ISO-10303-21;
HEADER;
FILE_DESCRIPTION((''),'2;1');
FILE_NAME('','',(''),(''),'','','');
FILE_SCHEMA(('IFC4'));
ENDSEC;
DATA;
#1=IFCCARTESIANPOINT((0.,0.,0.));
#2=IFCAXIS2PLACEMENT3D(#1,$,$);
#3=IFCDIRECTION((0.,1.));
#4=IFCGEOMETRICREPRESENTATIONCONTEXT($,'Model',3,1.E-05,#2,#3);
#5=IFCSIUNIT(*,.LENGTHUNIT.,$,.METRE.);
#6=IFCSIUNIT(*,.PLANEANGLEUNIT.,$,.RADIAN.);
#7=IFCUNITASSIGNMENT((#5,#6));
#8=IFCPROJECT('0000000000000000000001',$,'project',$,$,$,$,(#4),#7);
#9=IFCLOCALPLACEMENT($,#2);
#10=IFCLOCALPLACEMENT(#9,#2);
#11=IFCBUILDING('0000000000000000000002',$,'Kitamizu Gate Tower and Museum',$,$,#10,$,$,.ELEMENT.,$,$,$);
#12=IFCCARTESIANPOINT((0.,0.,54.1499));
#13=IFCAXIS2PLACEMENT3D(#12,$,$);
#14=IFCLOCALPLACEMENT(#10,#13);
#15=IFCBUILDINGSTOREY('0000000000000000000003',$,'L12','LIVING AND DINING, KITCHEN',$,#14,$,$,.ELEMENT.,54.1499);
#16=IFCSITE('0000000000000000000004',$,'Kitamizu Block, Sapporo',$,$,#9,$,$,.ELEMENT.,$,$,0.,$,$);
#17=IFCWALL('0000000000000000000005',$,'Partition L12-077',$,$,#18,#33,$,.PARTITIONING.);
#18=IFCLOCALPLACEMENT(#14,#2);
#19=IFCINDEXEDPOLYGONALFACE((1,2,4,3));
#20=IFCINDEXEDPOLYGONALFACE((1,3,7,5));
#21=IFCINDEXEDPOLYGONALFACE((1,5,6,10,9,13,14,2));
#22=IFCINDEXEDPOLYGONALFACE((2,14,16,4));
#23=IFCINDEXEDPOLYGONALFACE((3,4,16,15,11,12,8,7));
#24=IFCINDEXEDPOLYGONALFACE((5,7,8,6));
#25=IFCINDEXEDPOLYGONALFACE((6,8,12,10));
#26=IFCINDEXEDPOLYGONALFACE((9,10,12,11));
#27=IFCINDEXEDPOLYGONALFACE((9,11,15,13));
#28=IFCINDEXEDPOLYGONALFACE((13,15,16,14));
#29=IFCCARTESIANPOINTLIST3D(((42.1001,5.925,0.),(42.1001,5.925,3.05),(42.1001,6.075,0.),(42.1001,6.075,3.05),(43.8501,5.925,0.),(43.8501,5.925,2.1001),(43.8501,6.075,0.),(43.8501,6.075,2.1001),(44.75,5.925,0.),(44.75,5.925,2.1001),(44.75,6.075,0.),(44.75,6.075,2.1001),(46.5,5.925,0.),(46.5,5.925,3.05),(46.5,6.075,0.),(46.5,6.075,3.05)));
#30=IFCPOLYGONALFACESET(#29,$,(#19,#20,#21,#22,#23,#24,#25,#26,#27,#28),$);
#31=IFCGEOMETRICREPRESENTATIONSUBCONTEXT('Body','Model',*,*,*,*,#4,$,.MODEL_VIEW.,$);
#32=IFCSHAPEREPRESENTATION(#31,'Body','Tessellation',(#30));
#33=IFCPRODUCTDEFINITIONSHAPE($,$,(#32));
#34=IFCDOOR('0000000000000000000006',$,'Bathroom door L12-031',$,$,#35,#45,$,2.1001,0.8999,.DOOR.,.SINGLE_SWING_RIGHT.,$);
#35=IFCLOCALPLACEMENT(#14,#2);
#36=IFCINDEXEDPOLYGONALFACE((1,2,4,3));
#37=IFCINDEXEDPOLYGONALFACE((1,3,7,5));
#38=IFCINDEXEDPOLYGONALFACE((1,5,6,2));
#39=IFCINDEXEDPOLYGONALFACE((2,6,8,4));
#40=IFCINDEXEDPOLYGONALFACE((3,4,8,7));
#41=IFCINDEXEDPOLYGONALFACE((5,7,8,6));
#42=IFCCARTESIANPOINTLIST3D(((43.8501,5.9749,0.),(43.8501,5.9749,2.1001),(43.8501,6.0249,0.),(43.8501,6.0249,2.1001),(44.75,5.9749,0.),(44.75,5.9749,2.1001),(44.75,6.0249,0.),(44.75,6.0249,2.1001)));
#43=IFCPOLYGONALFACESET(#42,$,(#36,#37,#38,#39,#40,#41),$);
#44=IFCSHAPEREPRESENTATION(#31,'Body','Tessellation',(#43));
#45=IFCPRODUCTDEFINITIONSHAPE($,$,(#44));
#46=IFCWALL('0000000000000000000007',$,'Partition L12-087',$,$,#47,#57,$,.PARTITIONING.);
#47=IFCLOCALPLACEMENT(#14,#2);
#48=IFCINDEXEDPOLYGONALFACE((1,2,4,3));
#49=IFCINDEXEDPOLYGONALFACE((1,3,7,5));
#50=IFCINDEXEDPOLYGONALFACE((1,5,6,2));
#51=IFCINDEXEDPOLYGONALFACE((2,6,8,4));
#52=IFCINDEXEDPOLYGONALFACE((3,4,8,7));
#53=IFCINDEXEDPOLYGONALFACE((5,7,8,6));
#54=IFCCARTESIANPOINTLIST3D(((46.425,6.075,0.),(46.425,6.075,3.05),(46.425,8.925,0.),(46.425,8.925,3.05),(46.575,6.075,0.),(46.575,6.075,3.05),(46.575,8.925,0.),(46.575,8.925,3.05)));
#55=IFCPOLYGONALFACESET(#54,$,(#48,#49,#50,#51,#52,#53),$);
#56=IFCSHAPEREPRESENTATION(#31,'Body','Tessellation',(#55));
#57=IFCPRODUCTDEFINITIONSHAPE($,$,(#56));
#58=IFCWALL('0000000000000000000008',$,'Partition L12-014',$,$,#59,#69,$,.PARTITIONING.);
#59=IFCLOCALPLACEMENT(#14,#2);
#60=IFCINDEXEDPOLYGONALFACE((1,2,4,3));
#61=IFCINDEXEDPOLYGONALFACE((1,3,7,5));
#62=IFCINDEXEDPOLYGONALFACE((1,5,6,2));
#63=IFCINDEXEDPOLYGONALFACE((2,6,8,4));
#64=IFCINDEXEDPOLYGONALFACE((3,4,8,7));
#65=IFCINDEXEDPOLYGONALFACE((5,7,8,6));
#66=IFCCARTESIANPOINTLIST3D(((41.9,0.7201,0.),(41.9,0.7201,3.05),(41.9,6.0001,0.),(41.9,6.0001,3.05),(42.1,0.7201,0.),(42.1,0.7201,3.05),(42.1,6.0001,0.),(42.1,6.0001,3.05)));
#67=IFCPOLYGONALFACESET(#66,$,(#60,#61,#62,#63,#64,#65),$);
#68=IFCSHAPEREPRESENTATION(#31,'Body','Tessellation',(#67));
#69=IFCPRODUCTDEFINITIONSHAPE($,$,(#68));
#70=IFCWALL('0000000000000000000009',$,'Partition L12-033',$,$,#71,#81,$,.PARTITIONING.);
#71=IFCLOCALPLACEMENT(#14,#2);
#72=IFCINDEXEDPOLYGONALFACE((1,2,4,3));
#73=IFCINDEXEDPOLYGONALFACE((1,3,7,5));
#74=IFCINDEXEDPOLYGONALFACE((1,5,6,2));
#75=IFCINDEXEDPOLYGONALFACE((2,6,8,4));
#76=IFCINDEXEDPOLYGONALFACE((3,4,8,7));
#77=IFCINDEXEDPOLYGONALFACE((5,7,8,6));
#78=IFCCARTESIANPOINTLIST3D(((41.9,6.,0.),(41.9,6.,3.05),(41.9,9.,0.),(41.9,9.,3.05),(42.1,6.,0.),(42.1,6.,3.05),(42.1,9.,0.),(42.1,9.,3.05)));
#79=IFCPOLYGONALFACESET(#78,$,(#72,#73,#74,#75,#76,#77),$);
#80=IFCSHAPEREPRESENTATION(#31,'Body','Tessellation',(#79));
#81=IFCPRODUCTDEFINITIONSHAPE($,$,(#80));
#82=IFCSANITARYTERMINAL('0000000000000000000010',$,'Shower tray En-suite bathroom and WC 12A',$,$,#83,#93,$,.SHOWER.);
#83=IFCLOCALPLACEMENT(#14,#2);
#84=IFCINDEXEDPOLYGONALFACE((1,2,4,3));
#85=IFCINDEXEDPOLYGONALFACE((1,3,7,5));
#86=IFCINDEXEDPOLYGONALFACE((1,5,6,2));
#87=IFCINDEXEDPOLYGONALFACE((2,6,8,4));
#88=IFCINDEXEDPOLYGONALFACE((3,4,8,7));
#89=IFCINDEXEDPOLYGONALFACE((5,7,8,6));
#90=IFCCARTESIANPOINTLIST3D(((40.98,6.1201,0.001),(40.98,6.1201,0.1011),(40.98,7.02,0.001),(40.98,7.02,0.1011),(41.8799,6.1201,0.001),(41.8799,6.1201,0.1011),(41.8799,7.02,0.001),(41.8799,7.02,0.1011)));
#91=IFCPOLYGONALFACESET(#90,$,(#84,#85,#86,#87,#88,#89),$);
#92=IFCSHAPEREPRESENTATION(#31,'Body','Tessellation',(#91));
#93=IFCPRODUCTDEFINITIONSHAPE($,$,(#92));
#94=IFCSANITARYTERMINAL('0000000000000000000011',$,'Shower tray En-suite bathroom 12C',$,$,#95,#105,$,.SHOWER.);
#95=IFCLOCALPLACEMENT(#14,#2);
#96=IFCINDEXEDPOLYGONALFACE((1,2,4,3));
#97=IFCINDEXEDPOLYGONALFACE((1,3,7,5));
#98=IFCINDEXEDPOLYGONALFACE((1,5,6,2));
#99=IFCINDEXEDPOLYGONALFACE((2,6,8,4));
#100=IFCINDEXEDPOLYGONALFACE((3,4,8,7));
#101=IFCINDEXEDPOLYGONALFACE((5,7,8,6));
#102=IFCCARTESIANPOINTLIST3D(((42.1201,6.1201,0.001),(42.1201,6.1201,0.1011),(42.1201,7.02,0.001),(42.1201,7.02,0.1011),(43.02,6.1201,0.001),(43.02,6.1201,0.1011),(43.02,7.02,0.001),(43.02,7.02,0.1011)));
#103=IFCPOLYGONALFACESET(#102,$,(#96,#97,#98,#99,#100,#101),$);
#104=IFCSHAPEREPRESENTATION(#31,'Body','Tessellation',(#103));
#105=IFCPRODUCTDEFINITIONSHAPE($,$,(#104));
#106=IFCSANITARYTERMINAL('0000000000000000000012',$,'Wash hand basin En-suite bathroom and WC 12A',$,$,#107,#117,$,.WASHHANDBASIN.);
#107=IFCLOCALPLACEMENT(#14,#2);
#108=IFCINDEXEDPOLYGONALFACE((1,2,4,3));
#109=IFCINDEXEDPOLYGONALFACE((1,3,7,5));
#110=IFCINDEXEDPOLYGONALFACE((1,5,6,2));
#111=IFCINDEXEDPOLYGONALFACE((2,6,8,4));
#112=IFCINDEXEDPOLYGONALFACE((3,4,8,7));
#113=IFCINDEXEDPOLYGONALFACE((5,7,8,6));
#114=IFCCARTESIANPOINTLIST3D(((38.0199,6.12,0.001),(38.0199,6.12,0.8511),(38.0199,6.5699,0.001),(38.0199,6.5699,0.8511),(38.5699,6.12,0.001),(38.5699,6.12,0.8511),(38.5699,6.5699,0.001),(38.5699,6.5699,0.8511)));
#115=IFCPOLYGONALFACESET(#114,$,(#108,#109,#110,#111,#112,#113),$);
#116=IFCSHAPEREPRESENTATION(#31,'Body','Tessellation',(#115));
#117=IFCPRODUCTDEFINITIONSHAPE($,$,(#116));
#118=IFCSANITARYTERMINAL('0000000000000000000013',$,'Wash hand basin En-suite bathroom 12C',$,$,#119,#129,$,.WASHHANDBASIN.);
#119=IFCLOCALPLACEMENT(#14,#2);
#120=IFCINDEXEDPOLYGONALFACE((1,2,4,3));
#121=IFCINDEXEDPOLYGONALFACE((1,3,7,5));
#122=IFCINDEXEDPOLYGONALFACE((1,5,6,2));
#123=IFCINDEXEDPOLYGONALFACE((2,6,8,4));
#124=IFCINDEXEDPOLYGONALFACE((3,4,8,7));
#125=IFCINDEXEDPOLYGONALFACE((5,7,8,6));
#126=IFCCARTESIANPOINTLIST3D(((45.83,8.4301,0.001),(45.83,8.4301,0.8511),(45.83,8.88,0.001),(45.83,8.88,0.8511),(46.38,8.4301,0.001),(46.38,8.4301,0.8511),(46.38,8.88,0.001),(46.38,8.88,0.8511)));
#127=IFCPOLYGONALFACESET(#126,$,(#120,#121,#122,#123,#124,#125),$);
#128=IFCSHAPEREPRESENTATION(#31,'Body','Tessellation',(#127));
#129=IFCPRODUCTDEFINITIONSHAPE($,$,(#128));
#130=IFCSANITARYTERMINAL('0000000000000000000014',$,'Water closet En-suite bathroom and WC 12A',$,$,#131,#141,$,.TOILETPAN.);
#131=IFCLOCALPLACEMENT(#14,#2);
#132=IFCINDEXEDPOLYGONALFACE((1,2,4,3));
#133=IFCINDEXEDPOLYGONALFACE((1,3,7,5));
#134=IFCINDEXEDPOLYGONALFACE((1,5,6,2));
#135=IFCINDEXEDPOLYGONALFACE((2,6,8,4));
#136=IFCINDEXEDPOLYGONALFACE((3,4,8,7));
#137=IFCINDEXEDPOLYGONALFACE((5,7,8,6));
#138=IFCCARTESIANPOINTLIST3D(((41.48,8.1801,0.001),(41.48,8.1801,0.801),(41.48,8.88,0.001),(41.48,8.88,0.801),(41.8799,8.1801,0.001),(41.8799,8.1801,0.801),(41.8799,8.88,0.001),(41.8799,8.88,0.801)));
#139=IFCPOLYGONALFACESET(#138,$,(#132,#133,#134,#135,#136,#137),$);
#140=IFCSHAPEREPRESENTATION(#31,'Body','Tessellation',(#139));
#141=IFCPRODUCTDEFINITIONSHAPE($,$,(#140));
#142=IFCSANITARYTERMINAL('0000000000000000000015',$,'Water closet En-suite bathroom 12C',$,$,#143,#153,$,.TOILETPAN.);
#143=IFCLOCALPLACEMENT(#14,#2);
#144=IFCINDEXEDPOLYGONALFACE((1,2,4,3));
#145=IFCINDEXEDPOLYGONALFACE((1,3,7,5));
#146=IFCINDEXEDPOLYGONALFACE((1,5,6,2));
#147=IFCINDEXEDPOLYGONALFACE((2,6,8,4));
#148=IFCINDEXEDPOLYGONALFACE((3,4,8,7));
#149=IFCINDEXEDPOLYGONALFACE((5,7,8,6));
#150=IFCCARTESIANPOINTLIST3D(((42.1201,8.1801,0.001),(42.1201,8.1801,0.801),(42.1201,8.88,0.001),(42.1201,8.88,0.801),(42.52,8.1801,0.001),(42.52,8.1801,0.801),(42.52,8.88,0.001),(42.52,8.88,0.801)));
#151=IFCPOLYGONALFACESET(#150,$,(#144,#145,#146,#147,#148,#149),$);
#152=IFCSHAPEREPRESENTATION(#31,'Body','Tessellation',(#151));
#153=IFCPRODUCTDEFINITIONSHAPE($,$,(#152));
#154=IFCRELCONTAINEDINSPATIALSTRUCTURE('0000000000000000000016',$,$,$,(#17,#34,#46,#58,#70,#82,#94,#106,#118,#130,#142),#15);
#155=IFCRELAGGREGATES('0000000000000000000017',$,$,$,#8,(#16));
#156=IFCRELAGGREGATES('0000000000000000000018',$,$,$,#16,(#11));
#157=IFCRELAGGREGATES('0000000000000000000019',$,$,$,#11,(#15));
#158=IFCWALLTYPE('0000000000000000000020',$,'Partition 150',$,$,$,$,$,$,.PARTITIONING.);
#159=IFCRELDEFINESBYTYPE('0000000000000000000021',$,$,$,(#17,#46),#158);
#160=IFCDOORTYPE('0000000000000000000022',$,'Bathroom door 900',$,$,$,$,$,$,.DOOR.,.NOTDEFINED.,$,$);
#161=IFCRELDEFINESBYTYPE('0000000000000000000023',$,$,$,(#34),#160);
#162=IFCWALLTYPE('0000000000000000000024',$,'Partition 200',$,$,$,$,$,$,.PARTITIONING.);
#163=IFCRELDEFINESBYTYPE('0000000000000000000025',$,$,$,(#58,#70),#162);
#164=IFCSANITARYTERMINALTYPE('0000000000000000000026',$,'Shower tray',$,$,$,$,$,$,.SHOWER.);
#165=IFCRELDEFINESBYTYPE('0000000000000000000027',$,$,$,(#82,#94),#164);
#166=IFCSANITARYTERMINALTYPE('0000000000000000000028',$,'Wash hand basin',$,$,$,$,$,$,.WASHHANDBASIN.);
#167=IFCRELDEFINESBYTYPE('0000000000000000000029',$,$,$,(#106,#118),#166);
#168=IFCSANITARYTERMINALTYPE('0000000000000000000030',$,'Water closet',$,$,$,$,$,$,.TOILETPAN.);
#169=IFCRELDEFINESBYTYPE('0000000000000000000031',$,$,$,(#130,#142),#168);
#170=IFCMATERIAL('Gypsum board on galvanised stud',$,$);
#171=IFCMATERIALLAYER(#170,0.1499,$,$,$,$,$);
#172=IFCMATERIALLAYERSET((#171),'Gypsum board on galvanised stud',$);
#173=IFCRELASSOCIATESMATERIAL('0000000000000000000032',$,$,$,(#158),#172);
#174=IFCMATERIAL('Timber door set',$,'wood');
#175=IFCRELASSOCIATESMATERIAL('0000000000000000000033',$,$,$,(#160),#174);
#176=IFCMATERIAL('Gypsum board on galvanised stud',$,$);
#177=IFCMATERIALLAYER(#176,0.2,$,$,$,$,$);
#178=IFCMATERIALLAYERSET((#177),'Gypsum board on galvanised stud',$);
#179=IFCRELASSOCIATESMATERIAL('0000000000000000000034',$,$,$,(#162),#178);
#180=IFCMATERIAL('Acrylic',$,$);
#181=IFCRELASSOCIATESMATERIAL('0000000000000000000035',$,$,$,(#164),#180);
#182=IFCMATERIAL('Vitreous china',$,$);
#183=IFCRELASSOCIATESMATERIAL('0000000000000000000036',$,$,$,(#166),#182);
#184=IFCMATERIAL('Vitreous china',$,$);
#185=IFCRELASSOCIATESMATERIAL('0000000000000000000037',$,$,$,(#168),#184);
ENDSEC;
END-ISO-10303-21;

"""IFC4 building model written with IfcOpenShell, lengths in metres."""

from ifc_helpers import new_model, si_unit, direction, frame, frame_2d, origin, origin_2d, place, context, subcontext, project, spatial, rectangle, extrude, material, layer, layer_set, type_object, element, fill, save


model = new_model("IFC4")

# Units and contexts
model_context = context("Model", 3, precision=1e-05, world=origin(), true_north=direction((0.0, 1.0)))
body_context = subcontext(model_context, "Body", "Model", "MODEL_VIEW")
ifc_project = project(units=[si_unit("LENGTHUNIT", "METRE"), si_unit("PLANEANGLEUNIT", "RADIAN")], contexts=[model_context])

# Site, building, storey
site_placement = place(None, origin())
site = spatial("IfcSite", under=ifc_project, at=site_placement, Name="Kitamizu Block, Sapporo", CompositionType="ELEMENT", RefElevation=0.0)
building_placement = place(site_placement, origin())
building = spatial("IfcBuilding", under=site, at=building_placement, Name="Kitamizu Gate Tower and Museum", CompositionType="ELEMENT")
storey_placement = place(building_placement, frame((0.0, 0.0, 54.1499)))
storey = spatial("IfcBuildingStorey", under=building, at=storey_placement, Name="L12", Description="LIVING AND DINING, KITCHEN", CompositionType="ELEMENT", Elevation=54.1499)

# Shared definitions
ifc_material_1 = material(Name="Gypsum board on galvanised stud")
ifc_layer_1 = layer(ifc_material_1, 0.1499)
ifc_layer_set_1 = layer_set([ifc_layer_1], Name="Gypsum board on galvanised stud")
wall_type_1 = type_object("IfcWallType", Name="Partition 150", PredefinedType="PARTITIONING", material=ifc_layer_set_1)

# Shared definitions
ifc_material_2 = material(Name="Timber door set", Category="wood")
door_type_1 = type_object("IfcDoorType", Name="Bathroom door 900", OperationType="NOTDEFINED", PredefinedType="DOOR", material=ifc_material_2)

# Wall, opening, door
wall_1_placement = place(storey_placement, frame((46.5, 6.0, 0.0), z_axis=(0.0, 0.0, 1.0), x_axis=(-1.0, 0.0, 0.0)))
wall_1 = element("IfcWall", 1, at=wall_1_placement, inside=storey, type_object=wall_type_1, Name="Partition L12-077", PredefinedType="PARTITIONING", context=body_context, shape_type="SweptSolid", body=[
    extrude(rectangle(XDim=4.3999, YDim=0.1499, at=frame_2d((2.2, 0.0))), origin(), (0.0, 0.0, 1.0), 3.05),
])
opening_1_placement = place(wall_1_placement, frame((1.75, 0.0, 0.0)))
opening_1 = element("IfcOpeningElement", 2, at=opening_1_placement, cuts=wall_1, PredefinedType="OPENING", context=body_context, shape_type="SweptSolid", body=[
    extrude(rectangle(XDim=0.8999, YDim=2.1001, at=frame_2d((0.45, 1.05))), frame((0.0, 0.085, 0.0), z_axis=(0.0, -1.0, 0.0), x_axis=(1.0, 0.0, 0.0)), (0.0, 0.0, 1.0), 0.1699),
])
door_1_placement = place(opening_1_placement, frame((0.8999, 0.0, 0.0), x_axis=(-1.0, 0.0, 0.0)))
door_1 = element("IfcDoor", 3, at=door_1_placement, inside=storey, type_object=door_type_1, Name="Bathroom door L12-031", OperationType="SINGLE_SWING_RIGHT", OverallHeight=2.1001, OverallWidth=0.8999, PredefinedType="DOOR", context=body_context, shape_type="SweptSolid", body=[
    extrude(rectangle(XDim=0.8999, YDim=2.1001, at=frame_2d((0.45, 1.05))), frame((0.0, 0.0249, 0.0), z_axis=(0.0, -1.0, 0.0), x_axis=(1.0, 0.0, 0.0)), (0.0, 0.0, 1.0), 0.05),
])
fill(opening_1, door_1)

# Walls
wall_2_placement = place(storey_placement, frame((46.5, 6.075, 0.0), z_axis=(0.0, 0.0, 1.0), x_axis=(0.0, 1.0, 0.0)))
element("IfcWall", 4, at=wall_2_placement, inside=storey, type_object=wall_type_1, Name="Partition L12-087", PredefinedType="PARTITIONING", context=body_context, shape_type="SweptSolid", body=[
    extrude(rectangle(XDim=2.8501, YDim=0.1499, at=frame_2d((1.425, 0.0))), origin(), (0.0, 0.0, 1.0), 3.05),
])
ifc_material_3 = material(Name="Gypsum board on galvanised stud")
ifc_layer_2 = layer(ifc_material_3, 0.2)
ifc_layer_set_2 = layer_set([ifc_layer_2], Name="Gypsum board on galvanised stud")
wall_type_2 = type_object("IfcWallType", Name="Partition 200", PredefinedType="PARTITIONING", material=ifc_layer_set_2)
wall_3_placement = place(storey_placement, frame((42.0, 0.72, 0.0), z_axis=(0.0, 0.0, 1.0), x_axis=(0.0, 1.0, 0.0)))
element("IfcWall", 5, at=wall_3_placement, inside=storey, type_object=wall_type_2, Name="Partition L12-014", PredefinedType="PARTITIONING", context=body_context, shape_type="SweptSolid", body=[
    extrude(rectangle(XDim=5.28, YDim=0.2, at=frame_2d((2.6401, 0.0))), origin(), (0.0, 0.0, 1.0), 3.05),
])
wall_4_placement = place(storey_placement, frame((42.0, 6.0, 0.0), z_axis=(0.0, 0.0, 1.0), x_axis=(0.0, 1.0, 0.0)))
element("IfcWall", 6, at=wall_4_placement, inside=storey, type_object=wall_type_2, Name="Partition L12-033", PredefinedType="PARTITIONING", context=body_context, shape_type="SweptSolid", body=[
    extrude(rectangle(XDim=3.0, YDim=0.2, at=frame_2d((1.5, 0.0))), origin(), (0.0, 0.0, 1.0), 3.05),
])

# Sanitary terminals
ifc_material_4 = material(Name="Acrylic")
sanitary_terminal_type_1 = type_object("IfcSanitaryTerminalType", Name="Shower tray", PredefinedType="SHOWER", material=ifc_material_4)
for number, where, z_axis, x_axis, name in (
    (7, (41.4299, 6.5701, 0.001), (0.0, 0.0, 1.0), (1.0, 0.0, 0.0), "Shower tray En-suite bathroom and WC 12A"),
    (8, (42.5701, 6.5701, 0.001), (0.0, 0.0, 1.0), (1.0, 0.0, 0.0), "Shower tray En-suite bathroom 12C"),
):
    element("IfcSanitaryTerminal", number, at=place(storey_placement, frame(where, z_axis=z_axis, x_axis=x_axis)), inside=storey, type_object=sanitary_terminal_type_1, Name=name, PredefinedType="SHOWER", context=body_context, shape_type="SweptSolid", body=[
        extrude(rectangle(XDim=0.8999, YDim=0.8999, at=origin_2d()), origin(), (0.0, 0.0, 1.0), 0.1001),
    ])
ifc_material_5 = material(Name="Vitreous china")
sanitary_terminal_type_2 = type_object("IfcSanitaryTerminalType", Name="Wash hand basin", PredefinedType="WASHHANDBASIN", material=ifc_material_5)
for number, where, z_axis, x_axis, name in (
    (9, (38.2949, 6.345, 0.001), (0.0, 0.0, 1.0), (1.0, 0.0, 0.0), "Wash hand basin En-suite bathroom and WC 12A"),
    (10, (46.105, 8.655, 0.001), (0.0, 0.0, 1.0), (1.0, 0.0, 0.0), "Wash hand basin En-suite bathroom 12C"),
):
    element("IfcSanitaryTerminal", number, at=place(storey_placement, frame(where, z_axis=z_axis, x_axis=x_axis)), inside=storey, type_object=sanitary_terminal_type_2, Name=name, PredefinedType="WASHHANDBASIN", context=body_context, shape_type="SweptSolid", body=[
        extrude(rectangle(XDim=0.55, YDim=0.45, at=origin_2d()), origin(), (0.0, 0.0, 1.0), 0.8501),
    ])
ifc_material_6 = material(Name="Vitreous china")
sanitary_terminal_type_3 = type_object("IfcSanitaryTerminalType", Name="Water closet", PredefinedType="TOILETPAN", material=ifc_material_6)
for number, where, z_axis, x_axis, name in (
    (11, (41.6799, 8.53, 0.001), (0.0, 0.0, 1.0), (1.0, 0.0, 0.0), "Water closet En-suite bathroom and WC 12A"),
    (12, (42.3201, 8.53, 0.001), (0.0, 0.0, 1.0), (1.0, 0.0, 0.0), "Water closet En-suite bathroom 12C"),
):
    element("IfcSanitaryTerminal", number, at=place(storey_placement, frame(where, z_axis=z_axis, x_axis=x_axis)), inside=storey, type_object=sanitary_terminal_type_3, Name=name, PredefinedType="TOILETPAN", context=body_context, shape_type="SweptSolid", body=[
        extrude(rectangle(XDim=0.3999, YDim=0.7, at=origin_2d()), origin(), (0.0, 0.0, 1.0), 0.8),
    ])

save(model, "model.ifc")
